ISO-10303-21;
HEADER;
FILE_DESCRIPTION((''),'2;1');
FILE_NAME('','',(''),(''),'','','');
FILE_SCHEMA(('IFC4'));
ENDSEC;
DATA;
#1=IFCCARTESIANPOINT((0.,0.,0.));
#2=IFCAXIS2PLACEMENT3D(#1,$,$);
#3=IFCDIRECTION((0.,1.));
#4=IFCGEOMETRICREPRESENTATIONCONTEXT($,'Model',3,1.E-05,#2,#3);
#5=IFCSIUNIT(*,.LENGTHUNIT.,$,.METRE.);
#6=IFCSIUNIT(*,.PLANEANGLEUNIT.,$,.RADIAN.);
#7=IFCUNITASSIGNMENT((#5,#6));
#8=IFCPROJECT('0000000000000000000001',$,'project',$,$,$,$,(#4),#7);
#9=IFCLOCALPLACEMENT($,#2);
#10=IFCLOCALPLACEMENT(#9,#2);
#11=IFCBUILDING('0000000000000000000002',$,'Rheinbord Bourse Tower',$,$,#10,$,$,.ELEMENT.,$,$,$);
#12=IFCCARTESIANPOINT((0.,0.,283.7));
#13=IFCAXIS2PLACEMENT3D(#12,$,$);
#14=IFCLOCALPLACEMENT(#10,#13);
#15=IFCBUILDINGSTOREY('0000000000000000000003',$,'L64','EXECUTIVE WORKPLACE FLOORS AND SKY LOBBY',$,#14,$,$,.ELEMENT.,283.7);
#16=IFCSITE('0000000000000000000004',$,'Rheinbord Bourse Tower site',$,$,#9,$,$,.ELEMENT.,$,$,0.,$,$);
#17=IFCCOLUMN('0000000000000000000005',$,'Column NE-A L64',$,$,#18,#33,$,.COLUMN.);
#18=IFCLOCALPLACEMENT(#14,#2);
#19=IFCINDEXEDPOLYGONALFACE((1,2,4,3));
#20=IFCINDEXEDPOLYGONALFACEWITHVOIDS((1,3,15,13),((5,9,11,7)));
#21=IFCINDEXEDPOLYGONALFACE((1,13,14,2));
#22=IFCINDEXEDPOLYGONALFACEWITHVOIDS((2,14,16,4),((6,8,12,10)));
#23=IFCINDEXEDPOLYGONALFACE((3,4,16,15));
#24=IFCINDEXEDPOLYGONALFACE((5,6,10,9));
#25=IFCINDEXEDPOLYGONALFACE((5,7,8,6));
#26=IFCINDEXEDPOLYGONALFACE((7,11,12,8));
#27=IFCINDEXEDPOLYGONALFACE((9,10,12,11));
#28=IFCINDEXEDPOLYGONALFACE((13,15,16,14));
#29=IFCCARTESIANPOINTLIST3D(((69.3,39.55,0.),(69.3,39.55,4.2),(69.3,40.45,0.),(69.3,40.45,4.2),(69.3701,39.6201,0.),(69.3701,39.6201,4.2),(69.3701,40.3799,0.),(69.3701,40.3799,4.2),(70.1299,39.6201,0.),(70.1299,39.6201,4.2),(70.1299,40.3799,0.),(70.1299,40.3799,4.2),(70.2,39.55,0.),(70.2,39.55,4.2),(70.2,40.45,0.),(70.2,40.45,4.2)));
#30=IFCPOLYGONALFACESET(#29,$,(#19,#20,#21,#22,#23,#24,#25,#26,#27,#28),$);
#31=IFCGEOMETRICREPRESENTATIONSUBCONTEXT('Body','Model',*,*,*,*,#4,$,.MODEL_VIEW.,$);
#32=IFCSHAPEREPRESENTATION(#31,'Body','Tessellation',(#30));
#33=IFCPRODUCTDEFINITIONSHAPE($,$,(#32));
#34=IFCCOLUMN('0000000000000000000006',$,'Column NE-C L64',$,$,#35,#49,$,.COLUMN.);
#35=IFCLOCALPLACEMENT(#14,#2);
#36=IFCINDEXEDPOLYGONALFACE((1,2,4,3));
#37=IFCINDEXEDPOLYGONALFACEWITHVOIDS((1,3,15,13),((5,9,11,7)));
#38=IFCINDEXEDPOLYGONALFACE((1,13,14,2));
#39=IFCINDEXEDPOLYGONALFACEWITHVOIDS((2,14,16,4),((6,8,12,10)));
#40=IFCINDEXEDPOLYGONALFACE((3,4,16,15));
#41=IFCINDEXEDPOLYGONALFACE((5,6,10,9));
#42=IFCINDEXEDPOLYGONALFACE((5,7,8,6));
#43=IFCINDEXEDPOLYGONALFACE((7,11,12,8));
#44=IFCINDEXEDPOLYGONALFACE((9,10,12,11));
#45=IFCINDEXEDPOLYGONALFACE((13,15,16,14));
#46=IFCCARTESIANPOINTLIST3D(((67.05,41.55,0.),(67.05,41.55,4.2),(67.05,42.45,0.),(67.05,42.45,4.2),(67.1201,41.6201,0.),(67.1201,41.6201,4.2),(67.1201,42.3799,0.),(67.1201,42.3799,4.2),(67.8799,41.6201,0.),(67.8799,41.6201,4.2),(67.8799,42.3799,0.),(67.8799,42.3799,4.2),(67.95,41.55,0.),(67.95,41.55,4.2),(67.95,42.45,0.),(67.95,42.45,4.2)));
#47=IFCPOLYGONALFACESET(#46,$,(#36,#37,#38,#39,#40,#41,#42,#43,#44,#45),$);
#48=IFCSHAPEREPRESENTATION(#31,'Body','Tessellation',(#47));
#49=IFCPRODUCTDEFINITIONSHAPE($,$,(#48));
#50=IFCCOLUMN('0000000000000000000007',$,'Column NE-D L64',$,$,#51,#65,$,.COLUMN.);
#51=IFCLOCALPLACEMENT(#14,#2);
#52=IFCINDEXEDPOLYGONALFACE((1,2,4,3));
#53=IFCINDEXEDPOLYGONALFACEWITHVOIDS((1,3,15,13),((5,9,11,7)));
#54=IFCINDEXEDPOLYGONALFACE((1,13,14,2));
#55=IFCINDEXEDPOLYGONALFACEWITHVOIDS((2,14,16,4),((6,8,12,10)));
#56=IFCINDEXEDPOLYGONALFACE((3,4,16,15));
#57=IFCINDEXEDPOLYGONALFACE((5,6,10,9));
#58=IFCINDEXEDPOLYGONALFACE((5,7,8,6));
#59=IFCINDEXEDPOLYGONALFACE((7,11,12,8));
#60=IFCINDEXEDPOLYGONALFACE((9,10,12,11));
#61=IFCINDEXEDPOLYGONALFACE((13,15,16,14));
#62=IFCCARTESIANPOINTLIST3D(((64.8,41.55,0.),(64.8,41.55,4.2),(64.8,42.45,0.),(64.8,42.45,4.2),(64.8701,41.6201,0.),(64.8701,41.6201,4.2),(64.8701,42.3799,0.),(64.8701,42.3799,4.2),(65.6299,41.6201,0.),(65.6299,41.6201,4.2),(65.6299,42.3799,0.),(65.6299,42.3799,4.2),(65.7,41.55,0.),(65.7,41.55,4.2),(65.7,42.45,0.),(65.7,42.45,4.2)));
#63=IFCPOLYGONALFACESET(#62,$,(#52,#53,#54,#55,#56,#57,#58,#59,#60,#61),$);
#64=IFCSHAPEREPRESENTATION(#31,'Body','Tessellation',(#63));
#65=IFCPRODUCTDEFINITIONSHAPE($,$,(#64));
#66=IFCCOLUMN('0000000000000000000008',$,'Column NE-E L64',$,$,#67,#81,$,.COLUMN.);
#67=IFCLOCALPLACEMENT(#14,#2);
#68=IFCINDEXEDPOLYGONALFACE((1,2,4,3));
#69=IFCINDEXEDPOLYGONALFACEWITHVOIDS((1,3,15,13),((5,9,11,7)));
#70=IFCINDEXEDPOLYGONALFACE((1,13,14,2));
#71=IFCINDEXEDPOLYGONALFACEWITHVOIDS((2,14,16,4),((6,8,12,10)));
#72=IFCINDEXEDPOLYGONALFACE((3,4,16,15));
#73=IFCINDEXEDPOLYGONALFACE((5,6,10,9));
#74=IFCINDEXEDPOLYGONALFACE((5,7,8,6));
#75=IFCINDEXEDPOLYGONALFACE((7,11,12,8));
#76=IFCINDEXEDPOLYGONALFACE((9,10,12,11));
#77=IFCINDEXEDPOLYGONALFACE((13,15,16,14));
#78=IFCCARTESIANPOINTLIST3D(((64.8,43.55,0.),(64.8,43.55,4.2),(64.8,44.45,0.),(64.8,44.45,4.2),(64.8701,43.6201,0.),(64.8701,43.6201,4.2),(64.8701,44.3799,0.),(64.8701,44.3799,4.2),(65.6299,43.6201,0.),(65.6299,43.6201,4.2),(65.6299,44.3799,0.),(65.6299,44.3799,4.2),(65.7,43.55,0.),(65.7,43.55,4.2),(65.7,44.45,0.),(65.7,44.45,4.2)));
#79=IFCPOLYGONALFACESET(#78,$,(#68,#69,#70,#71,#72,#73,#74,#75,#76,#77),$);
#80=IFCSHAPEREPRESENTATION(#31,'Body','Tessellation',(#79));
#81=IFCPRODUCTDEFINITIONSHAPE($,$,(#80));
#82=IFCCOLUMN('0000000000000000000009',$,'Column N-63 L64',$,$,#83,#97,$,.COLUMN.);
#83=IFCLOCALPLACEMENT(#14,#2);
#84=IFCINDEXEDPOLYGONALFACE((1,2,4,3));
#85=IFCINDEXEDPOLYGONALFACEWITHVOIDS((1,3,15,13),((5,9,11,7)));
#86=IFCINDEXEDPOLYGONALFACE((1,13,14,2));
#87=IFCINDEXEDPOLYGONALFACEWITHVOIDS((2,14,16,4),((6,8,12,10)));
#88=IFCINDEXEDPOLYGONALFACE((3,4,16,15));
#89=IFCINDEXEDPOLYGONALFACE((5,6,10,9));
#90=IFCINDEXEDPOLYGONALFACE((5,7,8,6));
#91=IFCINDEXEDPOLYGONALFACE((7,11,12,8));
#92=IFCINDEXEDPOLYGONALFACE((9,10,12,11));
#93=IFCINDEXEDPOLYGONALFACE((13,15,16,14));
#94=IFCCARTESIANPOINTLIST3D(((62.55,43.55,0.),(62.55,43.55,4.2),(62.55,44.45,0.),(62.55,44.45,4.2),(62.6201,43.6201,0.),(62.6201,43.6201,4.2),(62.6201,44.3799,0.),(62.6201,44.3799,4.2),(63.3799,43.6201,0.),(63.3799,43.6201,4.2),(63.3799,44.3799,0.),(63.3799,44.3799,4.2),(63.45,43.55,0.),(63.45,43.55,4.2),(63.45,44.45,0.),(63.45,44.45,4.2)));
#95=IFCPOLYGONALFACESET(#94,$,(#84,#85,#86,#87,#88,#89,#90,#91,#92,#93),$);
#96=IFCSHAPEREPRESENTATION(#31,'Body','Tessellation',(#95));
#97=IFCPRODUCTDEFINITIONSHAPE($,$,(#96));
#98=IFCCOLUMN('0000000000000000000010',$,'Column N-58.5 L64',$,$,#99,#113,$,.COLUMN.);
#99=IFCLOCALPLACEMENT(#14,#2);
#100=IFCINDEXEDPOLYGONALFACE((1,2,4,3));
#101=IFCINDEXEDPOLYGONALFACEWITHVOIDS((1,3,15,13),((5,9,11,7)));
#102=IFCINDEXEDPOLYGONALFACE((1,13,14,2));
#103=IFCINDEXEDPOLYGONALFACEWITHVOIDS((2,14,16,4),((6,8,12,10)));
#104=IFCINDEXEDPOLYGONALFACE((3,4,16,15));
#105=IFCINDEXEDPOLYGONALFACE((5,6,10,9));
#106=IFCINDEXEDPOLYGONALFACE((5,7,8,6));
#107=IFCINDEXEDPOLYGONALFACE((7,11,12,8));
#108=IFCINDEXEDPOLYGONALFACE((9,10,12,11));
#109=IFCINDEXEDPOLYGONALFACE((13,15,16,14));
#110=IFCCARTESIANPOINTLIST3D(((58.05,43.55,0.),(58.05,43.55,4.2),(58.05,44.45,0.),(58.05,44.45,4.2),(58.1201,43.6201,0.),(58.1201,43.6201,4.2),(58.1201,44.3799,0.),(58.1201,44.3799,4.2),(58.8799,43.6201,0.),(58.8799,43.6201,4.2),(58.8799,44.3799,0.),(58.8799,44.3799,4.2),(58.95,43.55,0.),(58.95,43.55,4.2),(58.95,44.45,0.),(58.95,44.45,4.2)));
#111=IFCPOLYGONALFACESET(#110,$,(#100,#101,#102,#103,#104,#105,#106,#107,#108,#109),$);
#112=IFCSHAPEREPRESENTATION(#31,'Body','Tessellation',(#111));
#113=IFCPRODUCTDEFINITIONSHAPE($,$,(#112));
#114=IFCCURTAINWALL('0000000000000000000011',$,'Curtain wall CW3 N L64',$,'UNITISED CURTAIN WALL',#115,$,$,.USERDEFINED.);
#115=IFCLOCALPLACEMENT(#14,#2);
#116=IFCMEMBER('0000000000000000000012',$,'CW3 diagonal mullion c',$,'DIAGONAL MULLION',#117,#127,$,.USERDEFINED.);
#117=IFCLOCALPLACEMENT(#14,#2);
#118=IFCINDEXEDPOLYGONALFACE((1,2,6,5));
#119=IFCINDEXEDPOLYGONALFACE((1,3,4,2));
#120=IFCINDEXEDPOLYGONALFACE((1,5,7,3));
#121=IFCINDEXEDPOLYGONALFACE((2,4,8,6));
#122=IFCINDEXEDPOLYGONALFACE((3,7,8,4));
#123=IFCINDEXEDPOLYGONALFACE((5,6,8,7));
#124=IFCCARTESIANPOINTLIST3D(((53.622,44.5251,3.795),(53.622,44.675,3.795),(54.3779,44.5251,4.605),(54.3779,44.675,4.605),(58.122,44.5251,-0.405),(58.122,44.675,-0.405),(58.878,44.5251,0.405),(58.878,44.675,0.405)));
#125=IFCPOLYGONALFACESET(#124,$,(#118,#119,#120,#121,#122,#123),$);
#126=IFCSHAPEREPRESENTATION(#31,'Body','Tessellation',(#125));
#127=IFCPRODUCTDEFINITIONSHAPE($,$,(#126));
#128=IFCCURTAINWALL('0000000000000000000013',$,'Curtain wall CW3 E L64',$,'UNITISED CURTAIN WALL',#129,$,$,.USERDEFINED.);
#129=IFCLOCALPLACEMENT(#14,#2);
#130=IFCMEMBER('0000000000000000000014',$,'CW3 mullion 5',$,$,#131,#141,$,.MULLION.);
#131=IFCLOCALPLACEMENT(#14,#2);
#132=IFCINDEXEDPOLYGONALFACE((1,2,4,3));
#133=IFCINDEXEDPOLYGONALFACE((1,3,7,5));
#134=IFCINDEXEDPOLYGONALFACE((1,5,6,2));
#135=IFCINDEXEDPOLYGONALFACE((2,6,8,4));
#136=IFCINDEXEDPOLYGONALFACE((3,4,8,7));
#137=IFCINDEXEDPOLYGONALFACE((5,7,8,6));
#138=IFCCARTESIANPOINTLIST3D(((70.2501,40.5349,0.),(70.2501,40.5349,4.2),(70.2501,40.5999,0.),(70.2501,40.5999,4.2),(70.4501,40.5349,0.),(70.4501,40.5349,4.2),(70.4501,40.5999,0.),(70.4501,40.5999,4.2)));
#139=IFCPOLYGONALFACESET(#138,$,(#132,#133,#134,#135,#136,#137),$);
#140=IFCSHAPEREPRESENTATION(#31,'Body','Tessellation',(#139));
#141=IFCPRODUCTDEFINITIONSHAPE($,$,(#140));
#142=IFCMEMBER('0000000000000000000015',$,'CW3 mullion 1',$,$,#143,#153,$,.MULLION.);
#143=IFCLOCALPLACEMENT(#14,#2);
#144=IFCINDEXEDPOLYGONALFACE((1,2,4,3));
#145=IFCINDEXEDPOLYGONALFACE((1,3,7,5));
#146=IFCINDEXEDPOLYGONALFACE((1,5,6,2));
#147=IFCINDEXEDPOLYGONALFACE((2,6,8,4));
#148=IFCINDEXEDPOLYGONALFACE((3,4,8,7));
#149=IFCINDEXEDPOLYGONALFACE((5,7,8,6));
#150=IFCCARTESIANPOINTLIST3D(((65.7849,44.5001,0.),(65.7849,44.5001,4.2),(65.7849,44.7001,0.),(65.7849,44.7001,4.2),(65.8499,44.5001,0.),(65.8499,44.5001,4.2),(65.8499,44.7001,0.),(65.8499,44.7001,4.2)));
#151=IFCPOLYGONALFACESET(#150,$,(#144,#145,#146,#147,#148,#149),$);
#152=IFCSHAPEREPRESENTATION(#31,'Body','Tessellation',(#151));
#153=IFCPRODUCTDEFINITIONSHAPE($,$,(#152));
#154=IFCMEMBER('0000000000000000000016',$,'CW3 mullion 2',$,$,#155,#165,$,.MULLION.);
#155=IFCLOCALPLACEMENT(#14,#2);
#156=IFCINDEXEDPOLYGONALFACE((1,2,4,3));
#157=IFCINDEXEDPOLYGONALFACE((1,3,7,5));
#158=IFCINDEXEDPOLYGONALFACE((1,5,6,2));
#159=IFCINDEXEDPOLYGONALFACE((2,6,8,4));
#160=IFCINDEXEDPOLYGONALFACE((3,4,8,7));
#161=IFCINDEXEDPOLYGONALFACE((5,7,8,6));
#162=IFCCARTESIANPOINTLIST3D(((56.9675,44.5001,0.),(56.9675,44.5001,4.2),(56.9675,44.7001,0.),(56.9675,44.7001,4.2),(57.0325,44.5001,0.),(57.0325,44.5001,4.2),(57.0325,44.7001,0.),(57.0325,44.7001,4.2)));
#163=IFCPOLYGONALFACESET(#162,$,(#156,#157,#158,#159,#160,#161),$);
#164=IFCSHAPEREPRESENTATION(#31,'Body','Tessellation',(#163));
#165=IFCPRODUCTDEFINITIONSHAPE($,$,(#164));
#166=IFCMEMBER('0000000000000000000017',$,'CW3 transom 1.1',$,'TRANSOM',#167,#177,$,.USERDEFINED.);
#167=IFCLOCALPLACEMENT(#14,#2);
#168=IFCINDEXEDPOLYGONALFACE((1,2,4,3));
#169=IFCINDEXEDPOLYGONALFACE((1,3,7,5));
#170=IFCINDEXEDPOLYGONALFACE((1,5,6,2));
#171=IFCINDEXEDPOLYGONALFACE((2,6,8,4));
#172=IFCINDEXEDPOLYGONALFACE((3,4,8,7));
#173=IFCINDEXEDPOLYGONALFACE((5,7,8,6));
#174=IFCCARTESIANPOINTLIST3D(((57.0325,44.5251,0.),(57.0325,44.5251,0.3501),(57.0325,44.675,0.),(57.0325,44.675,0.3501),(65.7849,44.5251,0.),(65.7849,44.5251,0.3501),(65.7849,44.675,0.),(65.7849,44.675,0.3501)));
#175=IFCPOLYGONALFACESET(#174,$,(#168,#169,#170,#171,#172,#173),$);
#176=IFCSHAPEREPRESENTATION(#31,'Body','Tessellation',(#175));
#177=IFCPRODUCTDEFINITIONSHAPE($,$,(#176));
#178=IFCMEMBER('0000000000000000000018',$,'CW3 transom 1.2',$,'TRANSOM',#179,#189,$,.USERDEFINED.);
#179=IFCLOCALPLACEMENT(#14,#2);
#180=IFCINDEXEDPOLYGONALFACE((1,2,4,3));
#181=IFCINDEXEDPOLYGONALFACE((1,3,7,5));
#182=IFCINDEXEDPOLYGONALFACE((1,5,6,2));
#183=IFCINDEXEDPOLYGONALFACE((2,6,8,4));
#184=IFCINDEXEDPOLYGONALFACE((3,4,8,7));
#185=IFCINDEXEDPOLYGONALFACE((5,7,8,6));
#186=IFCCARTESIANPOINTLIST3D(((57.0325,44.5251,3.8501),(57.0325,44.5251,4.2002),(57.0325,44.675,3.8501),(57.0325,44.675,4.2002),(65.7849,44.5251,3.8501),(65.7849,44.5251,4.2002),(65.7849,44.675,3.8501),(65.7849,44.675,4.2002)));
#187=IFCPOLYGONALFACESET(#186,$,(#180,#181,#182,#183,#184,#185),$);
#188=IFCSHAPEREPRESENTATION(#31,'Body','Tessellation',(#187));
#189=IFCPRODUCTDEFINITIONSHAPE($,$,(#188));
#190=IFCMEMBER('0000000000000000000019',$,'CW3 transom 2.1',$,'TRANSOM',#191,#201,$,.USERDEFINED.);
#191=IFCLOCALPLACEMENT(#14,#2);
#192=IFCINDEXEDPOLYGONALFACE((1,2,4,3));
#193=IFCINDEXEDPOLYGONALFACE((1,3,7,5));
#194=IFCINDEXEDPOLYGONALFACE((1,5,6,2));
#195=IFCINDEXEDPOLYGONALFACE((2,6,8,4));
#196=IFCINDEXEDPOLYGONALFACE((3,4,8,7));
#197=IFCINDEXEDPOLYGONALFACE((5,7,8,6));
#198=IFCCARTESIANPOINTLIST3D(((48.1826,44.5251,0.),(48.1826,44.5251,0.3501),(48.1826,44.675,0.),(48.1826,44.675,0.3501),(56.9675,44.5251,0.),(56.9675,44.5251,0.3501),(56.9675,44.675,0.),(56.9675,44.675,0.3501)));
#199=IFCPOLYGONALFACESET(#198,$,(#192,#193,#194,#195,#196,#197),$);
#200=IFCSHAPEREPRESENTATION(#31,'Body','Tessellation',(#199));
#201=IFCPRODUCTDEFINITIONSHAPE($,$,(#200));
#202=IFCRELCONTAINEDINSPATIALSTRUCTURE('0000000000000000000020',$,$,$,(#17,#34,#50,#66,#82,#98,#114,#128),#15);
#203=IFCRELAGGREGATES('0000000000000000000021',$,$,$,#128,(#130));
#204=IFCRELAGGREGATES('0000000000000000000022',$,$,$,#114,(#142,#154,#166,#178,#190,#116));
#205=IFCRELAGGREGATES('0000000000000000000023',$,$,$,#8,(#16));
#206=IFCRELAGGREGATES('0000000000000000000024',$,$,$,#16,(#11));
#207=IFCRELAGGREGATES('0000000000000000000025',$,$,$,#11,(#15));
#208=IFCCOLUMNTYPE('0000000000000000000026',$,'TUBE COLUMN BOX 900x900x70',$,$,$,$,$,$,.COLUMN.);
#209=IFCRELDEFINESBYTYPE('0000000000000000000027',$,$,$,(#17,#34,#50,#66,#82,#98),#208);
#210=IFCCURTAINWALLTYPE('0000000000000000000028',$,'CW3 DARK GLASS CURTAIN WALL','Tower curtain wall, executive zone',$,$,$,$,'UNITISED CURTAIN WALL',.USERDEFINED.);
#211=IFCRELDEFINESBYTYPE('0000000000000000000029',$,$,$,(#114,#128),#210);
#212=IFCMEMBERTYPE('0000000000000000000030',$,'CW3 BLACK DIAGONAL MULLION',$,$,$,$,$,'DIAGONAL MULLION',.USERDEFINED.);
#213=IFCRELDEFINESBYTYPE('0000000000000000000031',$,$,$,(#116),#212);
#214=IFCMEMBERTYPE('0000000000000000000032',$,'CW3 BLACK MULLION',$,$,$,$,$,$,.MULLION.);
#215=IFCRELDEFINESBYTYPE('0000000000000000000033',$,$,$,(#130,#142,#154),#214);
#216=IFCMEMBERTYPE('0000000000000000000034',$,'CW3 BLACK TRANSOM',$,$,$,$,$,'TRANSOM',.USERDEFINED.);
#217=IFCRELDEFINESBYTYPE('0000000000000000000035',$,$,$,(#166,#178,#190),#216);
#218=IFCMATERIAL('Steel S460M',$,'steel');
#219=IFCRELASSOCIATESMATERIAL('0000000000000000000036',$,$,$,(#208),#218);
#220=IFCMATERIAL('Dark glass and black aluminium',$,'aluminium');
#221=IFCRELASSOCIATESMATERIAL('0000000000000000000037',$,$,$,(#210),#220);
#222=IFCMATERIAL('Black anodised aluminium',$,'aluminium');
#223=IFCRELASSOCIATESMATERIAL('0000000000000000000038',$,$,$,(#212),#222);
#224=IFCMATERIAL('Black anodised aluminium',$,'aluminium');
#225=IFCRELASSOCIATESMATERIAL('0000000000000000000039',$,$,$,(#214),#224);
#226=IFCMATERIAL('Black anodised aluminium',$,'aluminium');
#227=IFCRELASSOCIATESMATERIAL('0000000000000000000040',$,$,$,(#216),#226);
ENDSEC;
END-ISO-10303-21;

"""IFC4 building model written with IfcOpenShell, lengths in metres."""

from ifc_helpers import new_model, si_unit, direction, frame, origin, origin_2d, place, context, subcontext, project, spatial, rectangle, hollow_rectangle, extrude, material, material_profile, profile_set, type_object, element, aggregate, save


model = new_model("IFC4")

# Units and contexts
model_context = context("Model", 3, precision=1e-05, world=origin(), true_north=direction((0.0, 1.0)))
body_context = subcontext(model_context, "Body", "Model", "MODEL_VIEW")
ifc_project = project(units=[si_unit("LENGTHUNIT", "METRE"), si_unit("PLANEANGLEUNIT", "RADIAN")], contexts=[model_context])

# Site, building, storey
site_placement = place(None, origin())
site = spatial("IfcSite", under=ifc_project, at=site_placement, Name="Rheinbord Bourse Tower site", CompositionType="ELEMENT", RefElevation=0.0)
building_placement = place(site_placement, origin())
building = spatial("IfcBuilding", under=site, at=building_placement, Name="Rheinbord Bourse Tower", CompositionType="ELEMENT")
storey_placement = place(building_placement, frame((0.0, 0.0, 283.7)))
storey = spatial("IfcBuildingStorey", under=building, at=storey_placement, Name="L64", Description="EXECUTIVE WORKPLACE FLOORS AND SKY LOBBY", CompositionType="ELEMENT", Elevation=283.7)

# Columns
ifc_material_1 = material(Name="Steel S460M", Category="steel")
ifc_material_profile_1 = material_profile(ifc_material_1, hollow_rectangle(XDim=0.8999, YDim=0.8999, WallThickness=0.0701, at=origin_2d()), Name="BOX 900x900x70")
ifc_profile_set_1 = profile_set([ifc_material_profile_1], Name="Steel S460M")
column_type = type_object("IfcColumnType", Name="TUBE COLUMN BOX 900x900x70", PredefinedType="COLUMN", material=ifc_profile_set_1)
for number, where, z_axis, x_axis, name in (
    (1, (69.75, 40.0, 0.0), (0.0, 0.0, 1.0), (1.0, 0.0, 0.0), "Column NE-A L64"),
    (2, (67.5, 42.0, 0.0), (0.0, 0.0, 1.0), (1.0, 0.0, 0.0), "Column NE-C L64"),
    (3, (65.25, 42.0, 0.0), (0.0, 0.0, 1.0), (0.0, 1.0, 0.0), "Column NE-D L64"),
    (4, (65.25, 44.0, 0.0), (0.0, 0.0, 1.0), (0.0, 1.0, 0.0), "Column NE-E L64"),
    (5, (63.0, 44.0, 0.0), (0.0, 0.0, 1.0), (0.0, 1.0, 0.0), "Column N-63 L64"),
    (6, (58.5, 44.0, 0.0), (0.0, 0.0, 1.0), (0.0, 1.0, 0.0), "Column N-58.5 L64"),
):
    element("IfcColumn", number, at=place(storey_placement, frame(where, z_axis=z_axis, x_axis=x_axis)), inside=storey, type_object=column_type, Name=name, PredefinedType="COLUMN", context=body_context, shape_type="SweptSolid", body=[
        extrude(hollow_rectangle(XDim=0.8999, YDim=0.8999, WallThickness=0.0701, at=origin_2d()), origin(), (0.0, 0.0, 1.0), 4.2),
    ])

# Curtain walls, members
ifc_material_2 = material(Name="Dark glass and black aluminium", Category="aluminium")
curtain_wall_type = type_object("IfcCurtainWallType", Name="CW3 DARK GLASS CURTAIN WALL", Description="Tower curtain wall, executive zone", ElementType="UNITISED CURTAIN WALL", PredefinedType="USERDEFINED", material=ifc_material_2)
curtain_wall_1_placement = place(storey_placement, origin())
curtain_wall_1 = element("IfcCurtainWall", 7, at=curtain_wall_1_placement, inside=storey, type_object=curtain_wall_type, Name="Curtain wall CW3 N L64", ObjectType="UNITISED CURTAIN WALL", PredefinedType="USERDEFINED")
ifc_material_3 = material(Name="Black anodised aluminium", Category="aluminium")
ifc_material_profile_2 = material_profile(ifc_material_3, rectangle(XDim=0.1499, YDim=1.1079, at=origin_2d()), Name="CW3 DIAGONAL MULLION 1108x150")
ifc_profile_set_2 = profile_set([ifc_material_profile_2], Name="Black anodised aluminium")
member_type_1 = type_object("IfcMemberType", Name="CW3 BLACK DIAGONAL MULLION", ElementType="DIAGONAL MULLION", PredefinedType="USERDEFINED", material=ifc_profile_set_2)
member_1_placement = place(storey_placement, frame((58.5, 44.6001, 0.0), z_axis=(-0.731059, 0.0, 0.682314), x_axis=(0.0, -1.0, 0.0)))
member_1 = element("IfcMember", 8, at=member_1_placement, type_object=member_type_1, Name="CW3 diagonal mullion c", ObjectType="DIAGONAL MULLION", PredefinedType="USERDEFINED", context=body_context, shape_type="SweptSolid", body=[
    extrude(rectangle(XDim=0.1499, YDim=1.1079, at=origin_2d()), origin(), (0.0, 0.0, 1.0), 6.1555),
])
curtain_wall_2_placement = place(storey_placement, origin())
curtain_wall_2 = element("IfcCurtainWall", 9, at=curtain_wall_2_placement, inside=storey, type_object=curtain_wall_type, Name="Curtain wall CW3 E L64", ObjectType="UNITISED CURTAIN WALL", PredefinedType="USERDEFINED")
ifc_material_4 = material(Name="Black anodised aluminium", Category="aluminium")
ifc_material_profile_3 = material_profile(ifc_material_4, rectangle(XDim=0.2, YDim=0.0649, at=origin_2d()), Name="CW3 MULLION 65x200")
ifc_profile_set_3 = profile_set([ifc_material_profile_3], Name="Black anodised aluminium")
member_type_2 = type_object("IfcMemberType", Name="CW3 BLACK MULLION", PredefinedType="MULLION", material=ifc_profile_set_3)
member_2_placement = place(storey_placement, frame((70.3501, 40.5674, 0.0), z_axis=(0.0, 0.0, 1.0), x_axis=(-1.0, 0.0, 0.0)))
member_2 = element("IfcMember", 10, at=member_2_placement, type_object=member_type_2, Name="CW3 mullion 5", PredefinedType="MULLION", context=body_context, shape_type="SweptSolid", body=[
    extrude(rectangle(XDim=0.2, YDim=0.0649, at=origin_2d()), origin(), (0.0, 0.0, 1.0), 4.2),
])

# Members
member_3_placement = place(storey_placement, frame((65.8174, 44.6001, 0.0), z_axis=(0.0, 0.0, 1.0), x_axis=(0.0, -1.0, 0.0)))
member_3 = element("IfcMember", 11, at=member_3_placement, type_object=member_type_2, Name="CW3 mullion 1", PredefinedType="MULLION", context=body_context, shape_type="SweptSolid", body=[
    extrude(rectangle(XDim=0.2, YDim=0.0649, at=origin_2d()), origin(), (0.0, 0.0, 1.0), 4.2),
])
member_4_placement = place(storey_placement, frame((57.0, 44.6001, 0.0), z_axis=(0.0, 0.0, 1.0), x_axis=(0.0, -1.0, 0.0)))
member_4 = element("IfcMember", 12, at=member_4_placement, type_object=member_type_2, Name="CW3 mullion 2", PredefinedType="MULLION", context=body_context, shape_type="SweptSolid", body=[
    extrude(rectangle(XDim=0.2, YDim=0.0649, at=origin_2d()), origin(), (0.0, 0.0, 1.0), 4.2),
])
ifc_material_5 = material(Name="Black anodised aluminium", Category="aluminium")
ifc_material_profile_4 = material_profile(ifc_material_5, rectangle(XDim=0.1499, YDim=0.3501, at=origin_2d()), Name="CW3 TRANSOM 350x150")
ifc_profile_set_4 = profile_set([ifc_material_profile_4], Name="Black anodised aluminium")
member_type_3 = type_object("IfcMemberType", Name="CW3 BLACK TRANSOM", ElementType="TRANSOM", PredefinedType="USERDEFINED", material=ifc_profile_set_4)
member_5_placement = place(storey_placement, frame((65.7849, 44.6001, 0.175), z_axis=(-1.0, 0.0, 0.0), x_axis=(0.0, -1.0, 0.0)))
member_5 = element("IfcMember", 13, at=member_5_placement, type_object=member_type_3, Name="CW3 transom 1.1", ObjectType="TRANSOM", PredefinedType="USERDEFINED", context=body_context, shape_type="SweptSolid", body=[
    extrude(rectangle(XDim=0.1499, YDim=0.3501, at=origin_2d()), origin(), (0.0, 0.0, 1.0), 8.7524),
])
member_6_placement = place(storey_placement, frame((65.7849, 44.6001, 4.0251), z_axis=(-1.0, 0.0, 0.0), x_axis=(0.0, -1.0, 0.0)))
member_6 = element("IfcMember", 14, at=member_6_placement, type_object=member_type_3, Name="CW3 transom 1.2", ObjectType="TRANSOM", PredefinedType="USERDEFINED", context=body_context, shape_type="SweptSolid", body=[
    extrude(rectangle(XDim=0.1499, YDim=0.3501, at=origin_2d()), origin(), (0.0, 0.0, 1.0), 8.7524),
])
member_7_placement = place(storey_placement, frame((56.9675, 44.6001, 0.175), z_axis=(-1.0, 0.0, 0.0), x_axis=(0.0, -1.0, 0.0)))
member_7 = element("IfcMember", 15, at=member_7_placement, type_object=member_type_3, Name="CW3 transom 2.1", ObjectType="TRANSOM", PredefinedType="USERDEFINED", context=body_context, shape_type="SweptSolid", body=[
    extrude(rectangle(XDim=0.1499, YDim=0.3501, at=origin_2d()), origin(), (0.0, 0.0, 1.0), 8.7849),
])

aggregate(curtain_wall_2, [member_2])
aggregate(curtain_wall_1, [member_3, member_4, member_5, member_6, member_7, member_1])

save(model, "model.ifc")
